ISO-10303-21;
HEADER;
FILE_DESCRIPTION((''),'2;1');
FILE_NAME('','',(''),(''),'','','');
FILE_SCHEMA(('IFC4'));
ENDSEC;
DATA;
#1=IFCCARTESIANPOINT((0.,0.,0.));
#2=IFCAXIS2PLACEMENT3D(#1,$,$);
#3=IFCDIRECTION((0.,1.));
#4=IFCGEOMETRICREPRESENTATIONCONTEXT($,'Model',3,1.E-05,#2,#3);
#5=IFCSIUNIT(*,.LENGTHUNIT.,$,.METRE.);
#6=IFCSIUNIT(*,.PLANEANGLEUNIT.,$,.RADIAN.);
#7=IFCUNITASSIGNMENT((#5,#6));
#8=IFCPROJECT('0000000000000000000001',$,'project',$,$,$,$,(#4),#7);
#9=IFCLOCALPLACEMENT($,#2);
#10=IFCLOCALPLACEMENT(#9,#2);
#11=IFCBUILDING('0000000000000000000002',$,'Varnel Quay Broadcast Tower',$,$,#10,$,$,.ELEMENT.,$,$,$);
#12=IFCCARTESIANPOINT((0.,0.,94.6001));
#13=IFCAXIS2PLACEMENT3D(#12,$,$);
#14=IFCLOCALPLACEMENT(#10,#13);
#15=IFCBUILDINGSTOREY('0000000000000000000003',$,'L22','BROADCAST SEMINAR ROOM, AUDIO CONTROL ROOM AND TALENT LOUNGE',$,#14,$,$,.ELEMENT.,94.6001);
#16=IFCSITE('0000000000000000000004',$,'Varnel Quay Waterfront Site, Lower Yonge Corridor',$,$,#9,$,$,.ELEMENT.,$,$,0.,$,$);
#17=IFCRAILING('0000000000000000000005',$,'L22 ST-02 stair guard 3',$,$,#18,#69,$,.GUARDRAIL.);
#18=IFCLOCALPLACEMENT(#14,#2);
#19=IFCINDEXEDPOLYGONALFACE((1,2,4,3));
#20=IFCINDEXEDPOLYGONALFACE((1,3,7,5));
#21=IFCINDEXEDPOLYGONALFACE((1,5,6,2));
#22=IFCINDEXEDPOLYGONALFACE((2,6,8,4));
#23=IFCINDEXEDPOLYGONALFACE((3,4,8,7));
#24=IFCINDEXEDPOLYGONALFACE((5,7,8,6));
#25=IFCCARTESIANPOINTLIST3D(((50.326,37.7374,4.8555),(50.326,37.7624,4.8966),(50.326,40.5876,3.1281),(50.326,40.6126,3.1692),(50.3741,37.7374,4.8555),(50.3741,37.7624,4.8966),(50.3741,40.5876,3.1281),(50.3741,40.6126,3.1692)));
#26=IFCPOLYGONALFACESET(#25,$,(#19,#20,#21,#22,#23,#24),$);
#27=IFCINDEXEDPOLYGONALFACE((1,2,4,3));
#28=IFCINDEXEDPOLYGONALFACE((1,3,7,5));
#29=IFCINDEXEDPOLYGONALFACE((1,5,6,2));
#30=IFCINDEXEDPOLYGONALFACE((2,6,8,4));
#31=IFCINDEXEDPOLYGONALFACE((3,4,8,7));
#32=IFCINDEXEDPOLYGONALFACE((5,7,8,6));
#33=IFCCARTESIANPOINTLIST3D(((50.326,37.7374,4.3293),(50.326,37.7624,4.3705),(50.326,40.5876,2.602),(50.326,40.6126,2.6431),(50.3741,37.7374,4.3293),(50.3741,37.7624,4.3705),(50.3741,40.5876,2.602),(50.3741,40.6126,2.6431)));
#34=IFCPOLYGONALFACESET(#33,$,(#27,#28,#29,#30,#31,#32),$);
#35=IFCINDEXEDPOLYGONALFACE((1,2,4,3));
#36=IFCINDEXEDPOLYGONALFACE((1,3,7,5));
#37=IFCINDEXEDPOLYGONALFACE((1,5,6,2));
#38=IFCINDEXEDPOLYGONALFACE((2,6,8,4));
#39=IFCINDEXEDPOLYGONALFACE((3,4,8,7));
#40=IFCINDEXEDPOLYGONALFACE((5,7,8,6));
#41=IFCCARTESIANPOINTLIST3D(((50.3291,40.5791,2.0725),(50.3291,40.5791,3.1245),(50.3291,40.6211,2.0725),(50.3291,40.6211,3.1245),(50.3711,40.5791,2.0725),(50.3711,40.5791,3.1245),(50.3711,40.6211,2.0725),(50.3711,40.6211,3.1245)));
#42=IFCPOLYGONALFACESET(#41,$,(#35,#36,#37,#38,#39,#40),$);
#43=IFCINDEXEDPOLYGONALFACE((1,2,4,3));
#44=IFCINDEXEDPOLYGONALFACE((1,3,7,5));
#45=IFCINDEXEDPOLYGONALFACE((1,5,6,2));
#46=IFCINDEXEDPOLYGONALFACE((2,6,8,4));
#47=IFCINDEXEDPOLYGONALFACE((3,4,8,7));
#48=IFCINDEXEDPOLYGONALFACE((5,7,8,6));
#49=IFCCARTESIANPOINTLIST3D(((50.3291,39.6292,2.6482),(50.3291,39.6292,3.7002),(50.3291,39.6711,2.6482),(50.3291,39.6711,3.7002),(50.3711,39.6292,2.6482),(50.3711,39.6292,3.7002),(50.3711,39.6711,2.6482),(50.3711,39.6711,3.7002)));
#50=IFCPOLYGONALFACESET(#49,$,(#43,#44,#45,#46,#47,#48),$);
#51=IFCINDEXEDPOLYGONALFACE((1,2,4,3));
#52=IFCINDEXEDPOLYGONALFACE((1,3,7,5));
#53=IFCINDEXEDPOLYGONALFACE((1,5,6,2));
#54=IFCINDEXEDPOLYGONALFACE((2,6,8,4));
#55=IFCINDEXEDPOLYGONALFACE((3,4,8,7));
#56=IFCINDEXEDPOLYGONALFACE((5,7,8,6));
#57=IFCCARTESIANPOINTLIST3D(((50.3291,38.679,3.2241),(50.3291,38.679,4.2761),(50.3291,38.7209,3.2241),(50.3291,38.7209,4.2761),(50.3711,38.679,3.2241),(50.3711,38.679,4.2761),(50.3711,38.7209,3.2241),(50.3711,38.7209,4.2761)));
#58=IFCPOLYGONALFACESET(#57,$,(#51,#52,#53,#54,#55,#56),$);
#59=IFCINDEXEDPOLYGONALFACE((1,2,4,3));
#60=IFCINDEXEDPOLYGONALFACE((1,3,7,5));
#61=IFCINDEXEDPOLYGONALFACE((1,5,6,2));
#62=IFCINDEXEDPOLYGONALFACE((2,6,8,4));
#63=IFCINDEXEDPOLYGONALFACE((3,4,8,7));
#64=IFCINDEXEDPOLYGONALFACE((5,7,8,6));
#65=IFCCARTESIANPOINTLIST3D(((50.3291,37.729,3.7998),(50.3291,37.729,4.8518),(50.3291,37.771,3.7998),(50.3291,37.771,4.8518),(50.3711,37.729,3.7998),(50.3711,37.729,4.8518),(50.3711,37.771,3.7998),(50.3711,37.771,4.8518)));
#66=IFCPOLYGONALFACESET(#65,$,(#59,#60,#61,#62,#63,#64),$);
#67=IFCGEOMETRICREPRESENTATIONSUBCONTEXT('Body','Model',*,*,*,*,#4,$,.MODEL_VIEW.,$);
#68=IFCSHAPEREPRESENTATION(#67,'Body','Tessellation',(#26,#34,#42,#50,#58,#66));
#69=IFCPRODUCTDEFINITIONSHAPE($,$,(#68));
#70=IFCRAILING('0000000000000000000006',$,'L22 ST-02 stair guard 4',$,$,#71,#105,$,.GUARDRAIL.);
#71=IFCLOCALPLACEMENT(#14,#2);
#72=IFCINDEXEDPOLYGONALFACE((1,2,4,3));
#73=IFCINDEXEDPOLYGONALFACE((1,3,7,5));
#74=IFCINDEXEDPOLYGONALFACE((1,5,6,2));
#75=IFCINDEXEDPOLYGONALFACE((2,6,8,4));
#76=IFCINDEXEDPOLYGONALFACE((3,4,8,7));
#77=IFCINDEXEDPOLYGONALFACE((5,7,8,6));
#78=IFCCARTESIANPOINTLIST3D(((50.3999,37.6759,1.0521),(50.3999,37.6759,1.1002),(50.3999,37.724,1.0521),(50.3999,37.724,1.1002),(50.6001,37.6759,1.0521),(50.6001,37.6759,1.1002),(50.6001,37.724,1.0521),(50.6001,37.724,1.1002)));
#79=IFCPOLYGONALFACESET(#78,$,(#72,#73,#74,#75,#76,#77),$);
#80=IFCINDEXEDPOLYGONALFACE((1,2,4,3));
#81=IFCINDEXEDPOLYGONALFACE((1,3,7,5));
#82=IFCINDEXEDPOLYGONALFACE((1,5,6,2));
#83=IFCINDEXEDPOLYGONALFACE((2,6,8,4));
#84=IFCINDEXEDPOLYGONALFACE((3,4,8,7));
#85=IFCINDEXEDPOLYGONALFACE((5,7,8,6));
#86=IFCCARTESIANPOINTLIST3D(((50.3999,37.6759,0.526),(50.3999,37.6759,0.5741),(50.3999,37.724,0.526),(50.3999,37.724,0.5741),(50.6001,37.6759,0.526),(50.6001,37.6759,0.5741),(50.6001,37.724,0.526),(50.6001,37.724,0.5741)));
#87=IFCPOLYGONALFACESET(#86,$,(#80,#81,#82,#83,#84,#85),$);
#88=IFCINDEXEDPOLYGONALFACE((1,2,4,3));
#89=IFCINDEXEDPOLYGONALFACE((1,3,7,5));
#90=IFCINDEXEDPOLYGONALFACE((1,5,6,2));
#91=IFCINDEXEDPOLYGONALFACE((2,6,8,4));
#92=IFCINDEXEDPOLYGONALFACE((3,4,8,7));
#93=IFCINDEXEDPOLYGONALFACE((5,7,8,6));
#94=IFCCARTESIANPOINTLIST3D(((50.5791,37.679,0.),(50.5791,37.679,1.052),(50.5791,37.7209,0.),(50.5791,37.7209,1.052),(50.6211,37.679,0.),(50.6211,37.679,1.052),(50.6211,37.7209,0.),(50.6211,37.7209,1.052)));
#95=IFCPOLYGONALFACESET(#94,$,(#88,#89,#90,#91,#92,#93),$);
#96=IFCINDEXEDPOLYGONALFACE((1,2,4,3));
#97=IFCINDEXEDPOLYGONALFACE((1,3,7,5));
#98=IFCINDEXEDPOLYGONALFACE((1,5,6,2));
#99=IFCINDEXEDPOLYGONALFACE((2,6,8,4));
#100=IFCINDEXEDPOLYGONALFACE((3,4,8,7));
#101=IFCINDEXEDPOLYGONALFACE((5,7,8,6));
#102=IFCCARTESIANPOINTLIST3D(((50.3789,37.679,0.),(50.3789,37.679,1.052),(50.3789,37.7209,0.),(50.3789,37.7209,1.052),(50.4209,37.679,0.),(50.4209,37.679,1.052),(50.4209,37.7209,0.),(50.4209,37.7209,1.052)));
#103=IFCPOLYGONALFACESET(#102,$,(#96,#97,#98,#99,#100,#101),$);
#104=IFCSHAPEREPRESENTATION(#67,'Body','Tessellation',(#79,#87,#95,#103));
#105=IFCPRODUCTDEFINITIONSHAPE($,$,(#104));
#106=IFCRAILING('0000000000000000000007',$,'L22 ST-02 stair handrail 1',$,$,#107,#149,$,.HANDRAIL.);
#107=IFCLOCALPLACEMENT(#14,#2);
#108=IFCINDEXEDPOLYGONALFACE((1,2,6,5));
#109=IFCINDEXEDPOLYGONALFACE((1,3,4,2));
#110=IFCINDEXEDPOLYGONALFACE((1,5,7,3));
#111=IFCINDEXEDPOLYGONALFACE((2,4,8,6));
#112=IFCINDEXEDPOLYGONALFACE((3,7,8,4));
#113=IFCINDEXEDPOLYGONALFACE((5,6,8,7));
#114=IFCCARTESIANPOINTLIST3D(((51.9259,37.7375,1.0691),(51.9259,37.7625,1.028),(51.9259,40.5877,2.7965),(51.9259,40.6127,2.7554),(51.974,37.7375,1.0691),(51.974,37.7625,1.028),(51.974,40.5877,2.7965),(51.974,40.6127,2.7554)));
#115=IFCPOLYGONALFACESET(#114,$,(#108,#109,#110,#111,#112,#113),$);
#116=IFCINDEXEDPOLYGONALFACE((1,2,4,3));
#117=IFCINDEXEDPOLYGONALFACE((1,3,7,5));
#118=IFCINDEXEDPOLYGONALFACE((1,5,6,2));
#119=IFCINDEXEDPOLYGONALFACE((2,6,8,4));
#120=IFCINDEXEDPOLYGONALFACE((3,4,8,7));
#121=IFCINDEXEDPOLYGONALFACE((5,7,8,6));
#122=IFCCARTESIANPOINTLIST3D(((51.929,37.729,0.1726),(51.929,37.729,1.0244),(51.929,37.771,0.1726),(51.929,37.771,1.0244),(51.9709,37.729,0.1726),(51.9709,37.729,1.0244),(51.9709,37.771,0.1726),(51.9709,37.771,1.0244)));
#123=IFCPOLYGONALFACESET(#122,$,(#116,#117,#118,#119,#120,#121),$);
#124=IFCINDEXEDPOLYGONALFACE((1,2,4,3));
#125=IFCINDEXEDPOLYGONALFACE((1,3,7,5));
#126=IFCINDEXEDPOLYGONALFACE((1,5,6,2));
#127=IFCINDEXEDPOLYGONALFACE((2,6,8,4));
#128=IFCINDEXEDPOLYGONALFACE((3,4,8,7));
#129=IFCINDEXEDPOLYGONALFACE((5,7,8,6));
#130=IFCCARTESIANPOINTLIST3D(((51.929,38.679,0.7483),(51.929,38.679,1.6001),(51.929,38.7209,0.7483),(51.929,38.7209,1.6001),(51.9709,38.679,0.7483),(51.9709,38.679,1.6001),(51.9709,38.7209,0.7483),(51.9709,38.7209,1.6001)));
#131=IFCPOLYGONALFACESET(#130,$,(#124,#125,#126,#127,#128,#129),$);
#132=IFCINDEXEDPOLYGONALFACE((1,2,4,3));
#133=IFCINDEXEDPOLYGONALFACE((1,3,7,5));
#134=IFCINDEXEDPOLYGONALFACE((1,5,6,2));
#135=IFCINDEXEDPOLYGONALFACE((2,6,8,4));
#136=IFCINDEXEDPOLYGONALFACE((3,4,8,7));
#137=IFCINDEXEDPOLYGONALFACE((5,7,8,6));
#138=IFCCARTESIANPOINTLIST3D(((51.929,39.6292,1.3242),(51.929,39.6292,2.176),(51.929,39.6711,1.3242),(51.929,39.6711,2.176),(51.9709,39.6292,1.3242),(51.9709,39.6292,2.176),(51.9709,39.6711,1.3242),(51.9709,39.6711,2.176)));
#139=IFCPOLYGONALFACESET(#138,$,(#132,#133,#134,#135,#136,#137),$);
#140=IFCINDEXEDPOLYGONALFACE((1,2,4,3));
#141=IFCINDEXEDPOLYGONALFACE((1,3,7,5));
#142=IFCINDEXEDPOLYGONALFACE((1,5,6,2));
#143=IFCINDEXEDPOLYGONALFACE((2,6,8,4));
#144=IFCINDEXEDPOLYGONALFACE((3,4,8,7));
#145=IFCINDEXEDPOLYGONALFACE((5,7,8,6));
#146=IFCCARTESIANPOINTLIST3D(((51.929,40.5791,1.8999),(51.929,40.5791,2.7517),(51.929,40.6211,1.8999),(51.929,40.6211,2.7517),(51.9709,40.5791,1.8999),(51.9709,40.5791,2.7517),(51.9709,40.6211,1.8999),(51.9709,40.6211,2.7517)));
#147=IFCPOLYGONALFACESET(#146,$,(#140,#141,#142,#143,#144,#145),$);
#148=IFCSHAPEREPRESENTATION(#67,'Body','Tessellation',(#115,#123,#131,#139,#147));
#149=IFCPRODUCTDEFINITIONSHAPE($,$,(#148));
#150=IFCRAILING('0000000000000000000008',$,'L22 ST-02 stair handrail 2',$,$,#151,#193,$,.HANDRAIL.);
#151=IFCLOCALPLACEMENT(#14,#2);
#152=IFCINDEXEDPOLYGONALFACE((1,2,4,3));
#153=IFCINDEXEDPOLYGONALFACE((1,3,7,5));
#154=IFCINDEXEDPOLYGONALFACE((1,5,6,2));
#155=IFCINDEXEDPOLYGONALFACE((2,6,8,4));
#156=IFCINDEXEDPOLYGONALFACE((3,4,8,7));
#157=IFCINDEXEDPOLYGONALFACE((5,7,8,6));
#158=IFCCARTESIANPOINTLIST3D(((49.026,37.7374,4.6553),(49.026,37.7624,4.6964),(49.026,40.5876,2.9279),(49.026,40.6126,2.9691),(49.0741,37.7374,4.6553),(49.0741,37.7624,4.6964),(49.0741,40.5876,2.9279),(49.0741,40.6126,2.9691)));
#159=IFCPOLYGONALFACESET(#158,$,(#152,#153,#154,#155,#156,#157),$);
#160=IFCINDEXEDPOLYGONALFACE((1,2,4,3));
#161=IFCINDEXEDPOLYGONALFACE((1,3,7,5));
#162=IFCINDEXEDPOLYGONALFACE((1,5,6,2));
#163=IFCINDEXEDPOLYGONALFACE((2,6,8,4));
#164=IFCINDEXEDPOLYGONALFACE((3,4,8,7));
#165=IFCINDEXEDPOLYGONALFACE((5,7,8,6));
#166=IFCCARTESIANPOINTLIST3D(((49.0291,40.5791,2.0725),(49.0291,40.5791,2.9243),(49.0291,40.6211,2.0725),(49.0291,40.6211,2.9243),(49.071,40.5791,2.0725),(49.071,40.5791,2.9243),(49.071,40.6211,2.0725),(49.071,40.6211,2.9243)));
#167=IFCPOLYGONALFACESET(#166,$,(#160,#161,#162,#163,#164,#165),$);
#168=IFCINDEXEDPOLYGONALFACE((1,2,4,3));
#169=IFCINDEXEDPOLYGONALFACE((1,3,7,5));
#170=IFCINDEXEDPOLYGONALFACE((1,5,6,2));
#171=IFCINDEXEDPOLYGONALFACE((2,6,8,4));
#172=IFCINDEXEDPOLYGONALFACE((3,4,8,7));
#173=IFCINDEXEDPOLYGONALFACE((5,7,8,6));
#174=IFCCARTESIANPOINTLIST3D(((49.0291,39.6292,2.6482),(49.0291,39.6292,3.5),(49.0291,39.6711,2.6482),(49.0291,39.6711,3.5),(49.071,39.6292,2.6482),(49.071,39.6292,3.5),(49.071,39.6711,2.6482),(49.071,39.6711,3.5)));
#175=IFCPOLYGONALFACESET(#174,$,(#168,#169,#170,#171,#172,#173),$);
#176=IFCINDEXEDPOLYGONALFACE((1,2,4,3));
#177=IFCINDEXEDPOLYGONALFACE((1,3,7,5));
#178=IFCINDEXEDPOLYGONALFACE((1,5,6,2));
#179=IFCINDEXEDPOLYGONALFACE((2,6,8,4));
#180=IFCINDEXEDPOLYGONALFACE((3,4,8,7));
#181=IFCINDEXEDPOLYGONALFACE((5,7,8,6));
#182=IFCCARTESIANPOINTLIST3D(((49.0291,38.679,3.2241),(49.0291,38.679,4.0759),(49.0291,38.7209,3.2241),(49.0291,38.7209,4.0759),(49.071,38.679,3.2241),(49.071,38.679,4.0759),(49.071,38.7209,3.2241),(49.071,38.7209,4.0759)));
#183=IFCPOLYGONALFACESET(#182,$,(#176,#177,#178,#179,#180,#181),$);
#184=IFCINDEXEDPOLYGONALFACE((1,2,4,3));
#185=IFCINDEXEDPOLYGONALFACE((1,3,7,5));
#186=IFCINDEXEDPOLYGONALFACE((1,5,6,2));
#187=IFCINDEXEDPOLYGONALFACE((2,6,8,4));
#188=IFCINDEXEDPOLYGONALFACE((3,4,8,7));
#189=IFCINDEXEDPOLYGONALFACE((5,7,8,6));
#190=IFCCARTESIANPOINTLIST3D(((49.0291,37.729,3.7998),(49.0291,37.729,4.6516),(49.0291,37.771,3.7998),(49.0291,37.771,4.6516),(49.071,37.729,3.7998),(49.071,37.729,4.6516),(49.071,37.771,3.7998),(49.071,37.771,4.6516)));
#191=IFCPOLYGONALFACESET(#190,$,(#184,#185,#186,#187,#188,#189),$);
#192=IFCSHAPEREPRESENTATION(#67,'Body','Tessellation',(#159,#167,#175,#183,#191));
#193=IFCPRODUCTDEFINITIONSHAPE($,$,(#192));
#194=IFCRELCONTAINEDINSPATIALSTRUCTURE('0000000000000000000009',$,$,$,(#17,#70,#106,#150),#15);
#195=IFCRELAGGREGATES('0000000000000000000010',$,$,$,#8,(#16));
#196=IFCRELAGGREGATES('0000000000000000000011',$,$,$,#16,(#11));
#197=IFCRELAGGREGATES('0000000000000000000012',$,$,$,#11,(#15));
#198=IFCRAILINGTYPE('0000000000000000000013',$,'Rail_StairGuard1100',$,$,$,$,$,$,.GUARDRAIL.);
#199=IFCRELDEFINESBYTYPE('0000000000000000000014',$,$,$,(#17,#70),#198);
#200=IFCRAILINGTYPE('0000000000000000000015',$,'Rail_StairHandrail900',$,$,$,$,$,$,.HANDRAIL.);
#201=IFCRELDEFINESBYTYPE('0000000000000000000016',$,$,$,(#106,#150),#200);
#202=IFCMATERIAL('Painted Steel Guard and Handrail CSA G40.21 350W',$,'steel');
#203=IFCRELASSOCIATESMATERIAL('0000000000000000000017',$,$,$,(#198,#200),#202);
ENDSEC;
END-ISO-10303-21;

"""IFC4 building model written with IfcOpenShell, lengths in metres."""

from ifc_helpers import new_model, si_unit, direction, frame, origin, origin_2d, place, context, subcontext, project, spatial, rectangle, extrude, material, type_object, element, save


model = new_model("IFC4")

# Units and contexts
model_context = context("Model", 3, precision=1e-05, world=origin(), true_north=direction((0.0, 1.0)))
body_context = subcontext(model_context, "Body", "Model", "MODEL_VIEW")
ifc_project = project(units=[si_unit("LENGTHUNIT", "METRE"), si_unit("PLANEANGLEUNIT", "RADIAN")], contexts=[model_context])

# Site, building, storey
site_placement = place(None, origin())
site = spatial("IfcSite", under=ifc_project, at=site_placement, Name="Varnel Quay Waterfront Site, Lower Yonge Corridor", CompositionType="ELEMENT", RefElevation=0.0)
building_placement = place(site_placement, origin())
building = spatial("IfcBuilding", under=site, at=building_placement, Name="Varnel Quay Broadcast Tower", CompositionType="ELEMENT")
storey_placement = place(building_placement, frame((0.0, 0.0, 94.6001)))
storey = spatial("IfcBuildingStorey", under=building, at=storey_placement, Name="L22", Description="BROADCAST SEMINAR ROOM, AUDIO CONTROL ROOM AND TALENT LOUNGE", CompositionType="ELEMENT", Elevation=94.6001)

# Railings
ifc_material_1 = material(Name="Painted Steel Guard and Handrail CSA G40.21 350W", Category="steel")
railing_type_1 = type_object("IfcRailingType", Name="Rail_StairGuard1100", PredefinedType="GUARDRAIL", material=ifc_material_1)
railing_1_placement = place(storey_placement, frame((50.3501, 40.6001, 2.0725)))
element("IfcRailing", 1, at=railing_1_placement, inside=storey, type_object=railing_type_1, Name="L22 ST-02 stair guard 3", PredefinedType="GUARDRAIL", context=body_context, shape_type="SweptSolid", body=[
    extrude(rectangle(XDim=0.0481, YDim=0.0481, at=origin_2d()), frame((0.0, 0.0, 1.0762), z_axis=(0.0, -0.855203, 0.518294), x_axis=(1.0, 0.0, 0.0)), (0.0, 0.0, 1.0), 3.3328),
    extrude(rectangle(XDim=0.0481, YDim=0.0481, at=origin_2d()), frame((0.0, 0.0, 0.55), z_axis=(0.0, -0.855203, 0.518294), x_axis=(1.0, 0.0, 0.0)), (0.0, 0.0, 1.0), 3.3328),
    extrude(rectangle(XDim=0.042, YDim=0.042, at=origin_2d()), origin(), (0.0, 0.0, 1.0), 1.052),
    extrude(rectangle(XDim=0.042, YDim=0.042, at=origin_2d()), frame((0.0, -0.95, 0.5757)), (0.0, 0.0, 1.0), 1.052),
    extrude(rectangle(XDim=0.042, YDim=0.042, at=origin_2d()), frame((0.0, -1.9001, 1.1516)), (0.0, 0.0, 1.0), 1.052),
    extrude(rectangle(XDim=0.042, YDim=0.042, at=origin_2d()), frame((0.0, -2.8501, 1.7273)), (0.0, 0.0, 1.0), 1.052),
])
railing_2_placement = place(storey_placement, frame((50.6001, 37.7, 0.0)))
element("IfcRailing", 2, at=railing_2_placement, inside=storey, type_object=railing_type_1, Name="L22 ST-02 stair guard 4", PredefinedType="GUARDRAIL", context=body_context, shape_type="SweptSolid", body=[
    extrude(rectangle(XDim=0.0481, YDim=0.0481, at=origin_2d()), frame((0.0, 0.0, 1.0762), z_axis=(-1.0, 0.0, 0.0), x_axis=(0.0, -1.0, 0.0)), (0.0, 0.0, 1.0), 0.2002),
    extrude(rectangle(XDim=0.0481, YDim=0.0481, at=origin_2d()), frame((0.0, 0.0, 0.55), z_axis=(-1.0, 0.0, 0.0), x_axis=(0.0, -1.0, 0.0)), (0.0, 0.0, 1.0), 0.2002),
    extrude(rectangle(XDim=0.042, YDim=0.042, at=origin_2d()), origin(), (0.0, 0.0, 1.0), 1.052),
    extrude(rectangle(XDim=0.042, YDim=0.042, at=origin_2d()), frame((-0.2002, 0.0, 0.0)), (0.0, 0.0, 1.0), 1.052),
])
railing_type_2 = type_object("IfcRailingType", Name="Rail_StairHandrail900", PredefinedType="HANDRAIL", material=ifc_material_1)
railing_3_placement = place(storey_placement, frame((51.95, 37.75, 0.1726)))
element("IfcRailing", 3, at=railing_3_placement, inside=storey, type_object=railing_type_2, Name="L22 ST-02 stair handrail 1", PredefinedType="HANDRAIL", context=body_context, shape_type="SweptSolid", body=[
    extrude(rectangle(XDim=0.0481, YDim=0.0481, at=origin_2d()), frame((0.0, 0.0, 0.876), z_axis=(0.0, 0.855203, 0.518294), x_axis=(-1.0, 0.0, 0.0)), (0.0, 0.0, 1.0), 3.3328),
    extrude(rectangle(XDim=0.042, YDim=0.042, at=origin_2d()), origin(), (0.0, 0.0, 1.0), 0.8518),
    extrude(rectangle(XDim=0.042, YDim=0.042, at=origin_2d()), frame((0.0, 0.95, 0.5757)), (0.0, 0.0, 1.0), 0.8518),
    extrude(rectangle(XDim=0.042, YDim=0.042, at=origin_2d()), frame((0.0, 1.9001, 1.1516)), (0.0, 0.0, 1.0), 0.8518),
    extrude(rectangle(XDim=0.042, YDim=0.042, at=origin_2d()), frame((0.0, 2.8501, 1.7273)), (0.0, 0.0, 1.0), 0.8518),
])
railing_4_placement = place(storey_placement, frame((49.05, 40.6001, 2.0725)))
element("IfcRailing", 4, at=railing_4_placement, inside=storey, type_object=railing_type_2, Name="L22 ST-02 stair handrail 2", PredefinedType="HANDRAIL", context=body_context, shape_type="SweptSolid", body=[
    extrude(rectangle(XDim=0.0481, YDim=0.0481, at=origin_2d()), frame((0.0, 0.0, 0.876), z_axis=(0.0, -0.855203, 0.518294), x_axis=(1.0, 0.0, 0.0)), (0.0, 0.0, 1.0), 3.3328),
    extrude(rectangle(XDim=0.042, YDim=0.042, at=origin_2d()), origin(), (0.0, 0.0, 1.0), 0.8518),
    extrude(rectangle(XDim=0.042, YDim=0.042, at=origin_2d()), frame((0.0, -0.95, 0.5757)), (0.0, 0.0, 1.0), 0.8518),
    extrude(rectangle(XDim=0.042, YDim=0.042, at=origin_2d()), frame((0.0, -1.9001, 1.1516)), (0.0, 0.0, 1.0), 0.8518),
    extrude(rectangle(XDim=0.042, YDim=0.042, at=origin_2d()), frame((0.0, -2.8501, 1.7273)), (0.0, 0.0, 1.0), 0.8518),
])

save(model, "model.ifc")
